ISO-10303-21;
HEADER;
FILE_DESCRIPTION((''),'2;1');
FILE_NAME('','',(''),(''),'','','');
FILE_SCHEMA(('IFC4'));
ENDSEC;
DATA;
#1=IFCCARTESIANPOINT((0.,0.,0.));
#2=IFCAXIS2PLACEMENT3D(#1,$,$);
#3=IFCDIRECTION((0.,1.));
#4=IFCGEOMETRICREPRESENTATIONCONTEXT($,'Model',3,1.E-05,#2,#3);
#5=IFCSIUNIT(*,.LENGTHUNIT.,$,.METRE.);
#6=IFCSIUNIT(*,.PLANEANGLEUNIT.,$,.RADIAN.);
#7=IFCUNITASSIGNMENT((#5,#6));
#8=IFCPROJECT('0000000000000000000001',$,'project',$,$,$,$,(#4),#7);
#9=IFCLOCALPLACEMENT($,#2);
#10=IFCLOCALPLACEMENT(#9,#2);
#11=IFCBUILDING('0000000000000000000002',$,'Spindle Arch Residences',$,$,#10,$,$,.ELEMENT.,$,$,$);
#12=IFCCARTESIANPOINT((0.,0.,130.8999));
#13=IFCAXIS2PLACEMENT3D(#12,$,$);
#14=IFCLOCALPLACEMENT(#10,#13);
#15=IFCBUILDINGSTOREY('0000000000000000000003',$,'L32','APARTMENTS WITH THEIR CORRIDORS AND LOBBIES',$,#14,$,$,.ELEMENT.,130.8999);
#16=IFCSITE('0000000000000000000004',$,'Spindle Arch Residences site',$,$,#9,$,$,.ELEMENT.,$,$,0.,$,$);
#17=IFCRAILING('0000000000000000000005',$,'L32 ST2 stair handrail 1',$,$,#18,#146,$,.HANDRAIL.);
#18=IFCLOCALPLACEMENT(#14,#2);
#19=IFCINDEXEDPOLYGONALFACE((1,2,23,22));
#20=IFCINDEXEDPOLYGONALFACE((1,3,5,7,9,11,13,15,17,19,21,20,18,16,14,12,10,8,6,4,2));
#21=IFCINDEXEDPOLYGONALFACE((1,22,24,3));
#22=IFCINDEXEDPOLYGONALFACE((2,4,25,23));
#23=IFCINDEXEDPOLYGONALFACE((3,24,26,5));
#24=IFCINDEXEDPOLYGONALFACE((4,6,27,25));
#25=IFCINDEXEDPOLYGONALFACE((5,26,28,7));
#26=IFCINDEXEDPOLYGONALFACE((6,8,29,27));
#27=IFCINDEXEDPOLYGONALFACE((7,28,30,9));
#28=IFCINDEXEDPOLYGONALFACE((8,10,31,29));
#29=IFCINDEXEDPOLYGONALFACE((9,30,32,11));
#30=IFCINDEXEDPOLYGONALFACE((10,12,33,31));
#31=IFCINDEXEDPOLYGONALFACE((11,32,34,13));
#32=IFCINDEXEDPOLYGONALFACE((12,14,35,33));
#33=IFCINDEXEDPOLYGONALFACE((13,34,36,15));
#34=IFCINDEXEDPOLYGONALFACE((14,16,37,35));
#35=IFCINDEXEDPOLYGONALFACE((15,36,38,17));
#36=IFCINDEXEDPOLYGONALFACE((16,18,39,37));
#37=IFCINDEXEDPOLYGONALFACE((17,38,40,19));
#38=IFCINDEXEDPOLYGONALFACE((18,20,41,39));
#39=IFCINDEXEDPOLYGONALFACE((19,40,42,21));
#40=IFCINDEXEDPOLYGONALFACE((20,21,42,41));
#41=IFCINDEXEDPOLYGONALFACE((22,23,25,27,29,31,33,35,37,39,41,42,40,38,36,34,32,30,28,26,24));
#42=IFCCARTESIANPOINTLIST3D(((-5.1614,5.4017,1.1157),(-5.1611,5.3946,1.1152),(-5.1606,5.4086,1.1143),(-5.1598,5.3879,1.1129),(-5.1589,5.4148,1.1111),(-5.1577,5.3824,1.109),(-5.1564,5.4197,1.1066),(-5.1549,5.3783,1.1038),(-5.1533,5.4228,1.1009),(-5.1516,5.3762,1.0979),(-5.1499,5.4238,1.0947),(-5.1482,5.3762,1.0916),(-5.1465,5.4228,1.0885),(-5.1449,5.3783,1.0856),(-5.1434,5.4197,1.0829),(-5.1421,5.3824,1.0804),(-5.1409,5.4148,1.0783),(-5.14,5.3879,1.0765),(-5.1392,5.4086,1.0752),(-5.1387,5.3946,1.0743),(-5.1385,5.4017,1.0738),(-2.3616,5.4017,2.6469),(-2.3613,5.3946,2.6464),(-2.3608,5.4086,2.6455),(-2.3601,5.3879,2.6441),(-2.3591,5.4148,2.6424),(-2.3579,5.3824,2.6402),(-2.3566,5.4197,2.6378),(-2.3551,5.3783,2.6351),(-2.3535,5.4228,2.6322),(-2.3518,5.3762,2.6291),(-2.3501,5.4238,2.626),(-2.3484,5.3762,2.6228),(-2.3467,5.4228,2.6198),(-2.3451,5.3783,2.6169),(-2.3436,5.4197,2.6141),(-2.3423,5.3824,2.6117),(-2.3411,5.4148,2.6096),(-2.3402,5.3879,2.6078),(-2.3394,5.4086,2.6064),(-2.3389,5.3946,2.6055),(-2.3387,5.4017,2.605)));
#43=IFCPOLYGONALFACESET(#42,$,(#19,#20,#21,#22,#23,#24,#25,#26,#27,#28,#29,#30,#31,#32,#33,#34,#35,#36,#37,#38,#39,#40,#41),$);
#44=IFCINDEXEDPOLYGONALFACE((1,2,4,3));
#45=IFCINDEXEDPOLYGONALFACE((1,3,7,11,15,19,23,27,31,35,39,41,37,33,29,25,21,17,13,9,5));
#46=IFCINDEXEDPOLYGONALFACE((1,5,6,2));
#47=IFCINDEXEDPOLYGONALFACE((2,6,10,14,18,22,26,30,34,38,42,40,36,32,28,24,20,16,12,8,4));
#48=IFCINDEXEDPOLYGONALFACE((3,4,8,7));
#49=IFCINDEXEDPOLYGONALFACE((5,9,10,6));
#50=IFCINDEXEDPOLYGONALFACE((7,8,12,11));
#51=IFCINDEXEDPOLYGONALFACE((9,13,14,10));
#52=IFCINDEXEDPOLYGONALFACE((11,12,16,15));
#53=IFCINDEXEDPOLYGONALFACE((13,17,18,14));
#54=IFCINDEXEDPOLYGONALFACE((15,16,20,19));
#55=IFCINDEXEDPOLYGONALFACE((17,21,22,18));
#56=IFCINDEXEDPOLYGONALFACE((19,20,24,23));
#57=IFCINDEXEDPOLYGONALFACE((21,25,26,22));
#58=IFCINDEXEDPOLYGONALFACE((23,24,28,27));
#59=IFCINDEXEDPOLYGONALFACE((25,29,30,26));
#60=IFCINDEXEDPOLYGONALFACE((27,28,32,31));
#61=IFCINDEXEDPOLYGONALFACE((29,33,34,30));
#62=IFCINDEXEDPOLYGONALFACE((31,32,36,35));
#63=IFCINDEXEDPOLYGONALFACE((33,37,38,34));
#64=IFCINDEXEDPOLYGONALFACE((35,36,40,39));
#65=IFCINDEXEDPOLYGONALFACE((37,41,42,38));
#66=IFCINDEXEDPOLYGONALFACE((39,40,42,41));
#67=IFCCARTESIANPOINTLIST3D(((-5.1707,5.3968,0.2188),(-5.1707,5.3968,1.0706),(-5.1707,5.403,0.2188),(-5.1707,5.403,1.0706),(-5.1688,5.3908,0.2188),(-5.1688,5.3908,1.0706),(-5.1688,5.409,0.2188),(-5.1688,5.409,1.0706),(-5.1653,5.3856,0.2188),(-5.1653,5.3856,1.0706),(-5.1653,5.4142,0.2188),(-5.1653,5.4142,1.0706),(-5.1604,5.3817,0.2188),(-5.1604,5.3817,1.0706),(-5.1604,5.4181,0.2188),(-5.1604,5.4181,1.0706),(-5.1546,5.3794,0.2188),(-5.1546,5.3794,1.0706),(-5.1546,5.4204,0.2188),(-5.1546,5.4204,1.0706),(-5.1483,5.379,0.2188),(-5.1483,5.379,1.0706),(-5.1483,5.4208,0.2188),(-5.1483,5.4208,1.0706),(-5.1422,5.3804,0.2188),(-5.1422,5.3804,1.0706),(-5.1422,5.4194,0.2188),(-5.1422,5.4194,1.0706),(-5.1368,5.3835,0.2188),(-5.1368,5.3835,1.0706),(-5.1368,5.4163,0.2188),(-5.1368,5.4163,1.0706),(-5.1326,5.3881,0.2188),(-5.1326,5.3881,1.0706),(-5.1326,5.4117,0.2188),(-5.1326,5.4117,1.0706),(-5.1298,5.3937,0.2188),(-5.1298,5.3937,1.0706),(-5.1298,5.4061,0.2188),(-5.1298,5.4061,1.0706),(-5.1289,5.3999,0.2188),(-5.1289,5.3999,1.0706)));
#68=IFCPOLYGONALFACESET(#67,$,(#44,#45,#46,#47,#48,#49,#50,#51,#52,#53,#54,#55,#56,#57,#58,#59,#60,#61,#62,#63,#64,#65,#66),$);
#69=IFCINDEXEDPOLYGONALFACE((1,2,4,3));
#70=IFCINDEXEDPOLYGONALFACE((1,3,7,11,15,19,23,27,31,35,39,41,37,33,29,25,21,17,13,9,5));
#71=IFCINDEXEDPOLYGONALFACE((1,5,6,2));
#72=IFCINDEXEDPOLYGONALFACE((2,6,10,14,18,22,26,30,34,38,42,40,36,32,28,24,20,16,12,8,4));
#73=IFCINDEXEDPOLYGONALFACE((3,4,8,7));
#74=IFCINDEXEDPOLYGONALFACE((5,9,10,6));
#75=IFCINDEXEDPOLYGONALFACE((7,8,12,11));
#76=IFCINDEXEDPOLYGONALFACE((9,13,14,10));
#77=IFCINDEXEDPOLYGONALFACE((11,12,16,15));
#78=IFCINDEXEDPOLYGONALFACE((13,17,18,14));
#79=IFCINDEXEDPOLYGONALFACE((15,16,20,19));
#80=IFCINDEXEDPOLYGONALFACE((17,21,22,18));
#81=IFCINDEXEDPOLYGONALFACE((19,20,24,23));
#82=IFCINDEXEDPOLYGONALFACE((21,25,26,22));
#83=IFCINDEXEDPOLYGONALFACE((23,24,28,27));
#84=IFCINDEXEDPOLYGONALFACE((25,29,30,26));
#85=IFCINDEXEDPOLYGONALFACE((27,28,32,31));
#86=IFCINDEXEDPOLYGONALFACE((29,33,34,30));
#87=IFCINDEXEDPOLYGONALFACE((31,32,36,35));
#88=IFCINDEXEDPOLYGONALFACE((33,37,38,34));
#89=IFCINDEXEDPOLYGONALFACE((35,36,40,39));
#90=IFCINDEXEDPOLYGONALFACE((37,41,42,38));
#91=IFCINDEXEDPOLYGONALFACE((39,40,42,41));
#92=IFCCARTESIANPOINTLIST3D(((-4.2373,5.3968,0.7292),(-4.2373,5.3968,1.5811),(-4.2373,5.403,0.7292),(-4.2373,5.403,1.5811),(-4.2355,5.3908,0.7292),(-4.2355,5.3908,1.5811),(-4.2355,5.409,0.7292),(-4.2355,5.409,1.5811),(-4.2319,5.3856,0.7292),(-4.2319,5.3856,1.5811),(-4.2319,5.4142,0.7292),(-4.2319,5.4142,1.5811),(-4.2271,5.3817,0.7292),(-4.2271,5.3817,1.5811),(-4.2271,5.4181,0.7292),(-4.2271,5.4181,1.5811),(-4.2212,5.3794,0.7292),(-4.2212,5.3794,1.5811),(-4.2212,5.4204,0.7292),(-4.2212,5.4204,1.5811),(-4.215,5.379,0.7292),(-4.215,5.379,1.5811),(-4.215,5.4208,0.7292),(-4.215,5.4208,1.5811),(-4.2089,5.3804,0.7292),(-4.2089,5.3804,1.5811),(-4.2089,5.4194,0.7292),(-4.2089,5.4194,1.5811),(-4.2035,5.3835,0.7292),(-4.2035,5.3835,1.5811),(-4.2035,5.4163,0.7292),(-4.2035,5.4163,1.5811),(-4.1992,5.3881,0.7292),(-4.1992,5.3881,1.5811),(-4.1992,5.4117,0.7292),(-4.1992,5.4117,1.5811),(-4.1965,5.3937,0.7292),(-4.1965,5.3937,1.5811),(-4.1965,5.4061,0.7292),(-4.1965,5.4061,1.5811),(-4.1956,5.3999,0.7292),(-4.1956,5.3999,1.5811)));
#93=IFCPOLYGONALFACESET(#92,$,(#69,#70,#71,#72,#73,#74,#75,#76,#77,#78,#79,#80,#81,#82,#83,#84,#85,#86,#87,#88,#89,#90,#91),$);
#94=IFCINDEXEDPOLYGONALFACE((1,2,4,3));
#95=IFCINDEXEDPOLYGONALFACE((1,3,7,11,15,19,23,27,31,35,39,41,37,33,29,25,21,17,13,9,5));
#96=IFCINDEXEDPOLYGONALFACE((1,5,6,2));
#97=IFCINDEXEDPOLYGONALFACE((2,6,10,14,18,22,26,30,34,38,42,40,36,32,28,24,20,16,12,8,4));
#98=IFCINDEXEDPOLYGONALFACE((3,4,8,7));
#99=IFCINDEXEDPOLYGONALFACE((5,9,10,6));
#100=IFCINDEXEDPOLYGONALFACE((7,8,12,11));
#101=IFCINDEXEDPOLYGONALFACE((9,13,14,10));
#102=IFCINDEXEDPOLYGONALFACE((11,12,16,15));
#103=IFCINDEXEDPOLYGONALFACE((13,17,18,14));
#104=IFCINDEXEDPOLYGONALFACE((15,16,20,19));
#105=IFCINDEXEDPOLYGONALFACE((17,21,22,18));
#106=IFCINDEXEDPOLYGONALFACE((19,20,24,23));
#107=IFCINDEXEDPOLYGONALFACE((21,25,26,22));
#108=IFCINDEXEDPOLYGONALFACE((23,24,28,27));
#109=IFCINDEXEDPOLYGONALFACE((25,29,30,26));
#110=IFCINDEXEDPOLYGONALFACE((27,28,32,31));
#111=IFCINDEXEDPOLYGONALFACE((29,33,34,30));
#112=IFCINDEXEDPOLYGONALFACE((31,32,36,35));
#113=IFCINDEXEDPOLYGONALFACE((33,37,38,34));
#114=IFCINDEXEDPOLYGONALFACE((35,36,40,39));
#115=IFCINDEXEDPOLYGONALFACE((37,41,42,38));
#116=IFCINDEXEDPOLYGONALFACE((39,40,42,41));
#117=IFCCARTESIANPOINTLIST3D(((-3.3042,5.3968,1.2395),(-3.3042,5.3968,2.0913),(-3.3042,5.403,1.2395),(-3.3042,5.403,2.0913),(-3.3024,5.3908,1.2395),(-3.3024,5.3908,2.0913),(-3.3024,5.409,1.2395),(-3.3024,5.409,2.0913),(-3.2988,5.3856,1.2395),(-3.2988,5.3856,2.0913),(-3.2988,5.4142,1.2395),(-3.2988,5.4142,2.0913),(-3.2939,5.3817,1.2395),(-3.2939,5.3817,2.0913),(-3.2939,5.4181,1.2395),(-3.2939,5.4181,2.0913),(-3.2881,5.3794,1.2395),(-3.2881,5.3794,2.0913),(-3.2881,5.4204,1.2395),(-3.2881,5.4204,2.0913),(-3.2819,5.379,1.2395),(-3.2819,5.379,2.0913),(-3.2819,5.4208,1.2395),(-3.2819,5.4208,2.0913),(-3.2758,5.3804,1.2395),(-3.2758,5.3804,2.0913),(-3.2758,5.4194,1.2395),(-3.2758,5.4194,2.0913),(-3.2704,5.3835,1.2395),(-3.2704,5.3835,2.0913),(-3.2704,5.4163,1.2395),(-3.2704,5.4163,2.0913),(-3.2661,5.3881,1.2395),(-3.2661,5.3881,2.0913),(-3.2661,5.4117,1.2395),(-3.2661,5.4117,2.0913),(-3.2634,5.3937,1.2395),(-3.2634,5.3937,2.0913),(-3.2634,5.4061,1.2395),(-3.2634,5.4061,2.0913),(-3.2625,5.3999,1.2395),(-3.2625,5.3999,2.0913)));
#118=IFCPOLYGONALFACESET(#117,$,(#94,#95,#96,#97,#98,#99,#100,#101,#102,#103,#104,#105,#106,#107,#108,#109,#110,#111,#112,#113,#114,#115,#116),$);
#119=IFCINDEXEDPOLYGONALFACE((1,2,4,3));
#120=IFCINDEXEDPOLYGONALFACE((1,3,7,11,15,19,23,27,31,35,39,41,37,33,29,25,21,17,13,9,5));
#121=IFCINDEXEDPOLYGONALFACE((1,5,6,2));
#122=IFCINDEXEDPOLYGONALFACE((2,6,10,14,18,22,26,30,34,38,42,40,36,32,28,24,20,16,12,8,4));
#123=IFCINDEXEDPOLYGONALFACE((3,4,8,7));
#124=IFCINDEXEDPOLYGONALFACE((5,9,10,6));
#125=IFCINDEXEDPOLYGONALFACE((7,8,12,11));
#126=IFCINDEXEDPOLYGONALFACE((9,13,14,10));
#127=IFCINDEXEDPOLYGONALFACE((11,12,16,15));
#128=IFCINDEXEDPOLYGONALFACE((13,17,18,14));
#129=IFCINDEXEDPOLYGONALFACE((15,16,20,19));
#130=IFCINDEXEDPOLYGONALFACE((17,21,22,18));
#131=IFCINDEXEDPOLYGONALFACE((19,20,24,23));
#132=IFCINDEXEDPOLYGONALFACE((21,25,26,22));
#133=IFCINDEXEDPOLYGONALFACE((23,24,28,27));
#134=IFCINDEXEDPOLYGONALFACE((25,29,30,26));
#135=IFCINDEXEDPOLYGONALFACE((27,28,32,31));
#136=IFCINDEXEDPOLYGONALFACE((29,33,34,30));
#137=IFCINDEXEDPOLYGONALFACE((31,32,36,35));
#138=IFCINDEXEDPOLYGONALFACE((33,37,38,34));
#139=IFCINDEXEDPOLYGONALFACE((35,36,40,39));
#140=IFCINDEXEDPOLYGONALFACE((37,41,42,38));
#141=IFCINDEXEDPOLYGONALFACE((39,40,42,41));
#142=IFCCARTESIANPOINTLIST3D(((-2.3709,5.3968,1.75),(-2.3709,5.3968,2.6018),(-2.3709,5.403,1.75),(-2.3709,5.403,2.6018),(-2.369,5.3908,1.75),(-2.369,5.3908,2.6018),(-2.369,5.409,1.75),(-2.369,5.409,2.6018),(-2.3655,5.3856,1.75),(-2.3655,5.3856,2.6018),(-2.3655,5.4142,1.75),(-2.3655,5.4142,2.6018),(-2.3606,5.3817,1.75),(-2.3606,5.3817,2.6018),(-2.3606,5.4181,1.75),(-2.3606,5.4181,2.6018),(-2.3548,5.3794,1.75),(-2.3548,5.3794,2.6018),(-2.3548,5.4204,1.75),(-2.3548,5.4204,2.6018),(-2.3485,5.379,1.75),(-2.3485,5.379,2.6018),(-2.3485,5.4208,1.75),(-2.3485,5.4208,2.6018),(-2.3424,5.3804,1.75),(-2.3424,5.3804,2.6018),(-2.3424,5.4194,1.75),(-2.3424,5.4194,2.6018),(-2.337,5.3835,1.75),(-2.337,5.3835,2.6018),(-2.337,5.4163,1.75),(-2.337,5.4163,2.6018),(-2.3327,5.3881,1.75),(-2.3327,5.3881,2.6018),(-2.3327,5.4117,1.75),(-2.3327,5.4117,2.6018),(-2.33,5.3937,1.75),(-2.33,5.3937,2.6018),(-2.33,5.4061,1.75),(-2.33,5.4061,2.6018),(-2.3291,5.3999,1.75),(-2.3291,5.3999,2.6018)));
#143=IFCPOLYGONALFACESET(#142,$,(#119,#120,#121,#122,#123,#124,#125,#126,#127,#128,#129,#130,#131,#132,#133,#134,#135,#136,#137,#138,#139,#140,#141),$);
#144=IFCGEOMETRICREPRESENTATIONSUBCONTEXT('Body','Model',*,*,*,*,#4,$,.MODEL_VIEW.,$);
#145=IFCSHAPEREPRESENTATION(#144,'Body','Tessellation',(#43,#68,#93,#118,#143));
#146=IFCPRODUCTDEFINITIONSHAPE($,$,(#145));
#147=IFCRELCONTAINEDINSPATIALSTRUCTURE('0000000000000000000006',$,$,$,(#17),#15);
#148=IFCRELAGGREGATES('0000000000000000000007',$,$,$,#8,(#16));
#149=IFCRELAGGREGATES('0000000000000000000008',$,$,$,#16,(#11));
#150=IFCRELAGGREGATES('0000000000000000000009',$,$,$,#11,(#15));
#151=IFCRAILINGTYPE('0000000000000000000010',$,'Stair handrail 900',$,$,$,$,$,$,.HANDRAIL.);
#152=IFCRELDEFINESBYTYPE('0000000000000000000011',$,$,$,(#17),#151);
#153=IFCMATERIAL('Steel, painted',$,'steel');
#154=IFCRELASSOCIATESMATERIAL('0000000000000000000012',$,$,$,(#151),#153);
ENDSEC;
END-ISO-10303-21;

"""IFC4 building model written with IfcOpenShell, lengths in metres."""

from ifc_helpers import new_model, si_unit, direction, frame, origin, origin_2d, place, context, subcontext, project, spatial, circle, extrude, material, type_object, element, save


model = new_model("IFC4")

# Units and contexts
model_context = context("Model", 3, precision=1e-05, world=origin(), true_north=direction((0.0, 1.0)))
body_context = subcontext(model_context, "Body", "Model", "MODEL_VIEW")
ifc_project = project(units=[si_unit("LENGTHUNIT", "METRE"), si_unit("PLANEANGLEUNIT", "RADIAN")], contexts=[model_context])

# Site, building, storey
site_placement = place(None, origin())
site = spatial("IfcSite", under=ifc_project, at=site_placement, Name="Spindle Arch Residences site", CompositionType="ELEMENT", RefElevation=0.0)
building_placement = place(site_placement, origin())
building = spatial("IfcBuilding", under=site, at=building_placement, Name="Spindle Arch Residences", CompositionType="ELEMENT")
storey_placement = place(building_placement, frame((0.0, 0.0, 130.8999)))
storey = spatial("IfcBuildingStorey", under=building, at=storey_placement, Name="L32", Description="APARTMENTS WITH THEIR CORRIDORS AND LOBBIES", CompositionType="ELEMENT", Elevation=130.8999)

# Railing
ifc_material_1 = material(Name="Steel, painted", Category="steel")
railing_type_1 = type_object("IfcRailingType", Name="Stair handrail 900", PredefinedType="HANDRAIL", material=ifc_material_1)
railing_1_placement = place(storey_placement, frame((-5.1499, 5.3999, 0.2188)))
element("IfcRailing", 1, at=railing_1_placement, inside=storey, type_object=railing_type_1, Name="L32 ST2 stair handrail 1", PredefinedType="HANDRAIL", context=body_context, shape_type="SweptSolid", body=[
    extrude(circle(Radius=0.0239, at=origin_2d()), frame((0.0, 0.0, 0.876), z_axis=(0.877357, 0.0, 0.479838), x_axis=(0.0, 1.0, 0.0)), (0.0, 0.0, 1.0), 3.1912),
    extrude(circle(Radius=0.021, at=origin_2d()), origin(), (0.0, 0.0, 1.0), 0.8518),
    extrude(circle(Radius=0.021, at=origin_2d()), frame((0.9333, 0.0, 0.5105)), (0.0, 0.0, 1.0), 0.8518),
    extrude(circle(Radius=0.021, at=origin_2d()), frame((1.8665, 0.0, 1.0208)), (0.0, 0.0, 1.0), 0.8518),
    extrude(circle(Radius=0.021, at=origin_2d()), frame((2.7998, 0.0, 1.5312)), (0.0, 0.0, 1.0), 0.8518),
])

save(model, "model.ifc")
